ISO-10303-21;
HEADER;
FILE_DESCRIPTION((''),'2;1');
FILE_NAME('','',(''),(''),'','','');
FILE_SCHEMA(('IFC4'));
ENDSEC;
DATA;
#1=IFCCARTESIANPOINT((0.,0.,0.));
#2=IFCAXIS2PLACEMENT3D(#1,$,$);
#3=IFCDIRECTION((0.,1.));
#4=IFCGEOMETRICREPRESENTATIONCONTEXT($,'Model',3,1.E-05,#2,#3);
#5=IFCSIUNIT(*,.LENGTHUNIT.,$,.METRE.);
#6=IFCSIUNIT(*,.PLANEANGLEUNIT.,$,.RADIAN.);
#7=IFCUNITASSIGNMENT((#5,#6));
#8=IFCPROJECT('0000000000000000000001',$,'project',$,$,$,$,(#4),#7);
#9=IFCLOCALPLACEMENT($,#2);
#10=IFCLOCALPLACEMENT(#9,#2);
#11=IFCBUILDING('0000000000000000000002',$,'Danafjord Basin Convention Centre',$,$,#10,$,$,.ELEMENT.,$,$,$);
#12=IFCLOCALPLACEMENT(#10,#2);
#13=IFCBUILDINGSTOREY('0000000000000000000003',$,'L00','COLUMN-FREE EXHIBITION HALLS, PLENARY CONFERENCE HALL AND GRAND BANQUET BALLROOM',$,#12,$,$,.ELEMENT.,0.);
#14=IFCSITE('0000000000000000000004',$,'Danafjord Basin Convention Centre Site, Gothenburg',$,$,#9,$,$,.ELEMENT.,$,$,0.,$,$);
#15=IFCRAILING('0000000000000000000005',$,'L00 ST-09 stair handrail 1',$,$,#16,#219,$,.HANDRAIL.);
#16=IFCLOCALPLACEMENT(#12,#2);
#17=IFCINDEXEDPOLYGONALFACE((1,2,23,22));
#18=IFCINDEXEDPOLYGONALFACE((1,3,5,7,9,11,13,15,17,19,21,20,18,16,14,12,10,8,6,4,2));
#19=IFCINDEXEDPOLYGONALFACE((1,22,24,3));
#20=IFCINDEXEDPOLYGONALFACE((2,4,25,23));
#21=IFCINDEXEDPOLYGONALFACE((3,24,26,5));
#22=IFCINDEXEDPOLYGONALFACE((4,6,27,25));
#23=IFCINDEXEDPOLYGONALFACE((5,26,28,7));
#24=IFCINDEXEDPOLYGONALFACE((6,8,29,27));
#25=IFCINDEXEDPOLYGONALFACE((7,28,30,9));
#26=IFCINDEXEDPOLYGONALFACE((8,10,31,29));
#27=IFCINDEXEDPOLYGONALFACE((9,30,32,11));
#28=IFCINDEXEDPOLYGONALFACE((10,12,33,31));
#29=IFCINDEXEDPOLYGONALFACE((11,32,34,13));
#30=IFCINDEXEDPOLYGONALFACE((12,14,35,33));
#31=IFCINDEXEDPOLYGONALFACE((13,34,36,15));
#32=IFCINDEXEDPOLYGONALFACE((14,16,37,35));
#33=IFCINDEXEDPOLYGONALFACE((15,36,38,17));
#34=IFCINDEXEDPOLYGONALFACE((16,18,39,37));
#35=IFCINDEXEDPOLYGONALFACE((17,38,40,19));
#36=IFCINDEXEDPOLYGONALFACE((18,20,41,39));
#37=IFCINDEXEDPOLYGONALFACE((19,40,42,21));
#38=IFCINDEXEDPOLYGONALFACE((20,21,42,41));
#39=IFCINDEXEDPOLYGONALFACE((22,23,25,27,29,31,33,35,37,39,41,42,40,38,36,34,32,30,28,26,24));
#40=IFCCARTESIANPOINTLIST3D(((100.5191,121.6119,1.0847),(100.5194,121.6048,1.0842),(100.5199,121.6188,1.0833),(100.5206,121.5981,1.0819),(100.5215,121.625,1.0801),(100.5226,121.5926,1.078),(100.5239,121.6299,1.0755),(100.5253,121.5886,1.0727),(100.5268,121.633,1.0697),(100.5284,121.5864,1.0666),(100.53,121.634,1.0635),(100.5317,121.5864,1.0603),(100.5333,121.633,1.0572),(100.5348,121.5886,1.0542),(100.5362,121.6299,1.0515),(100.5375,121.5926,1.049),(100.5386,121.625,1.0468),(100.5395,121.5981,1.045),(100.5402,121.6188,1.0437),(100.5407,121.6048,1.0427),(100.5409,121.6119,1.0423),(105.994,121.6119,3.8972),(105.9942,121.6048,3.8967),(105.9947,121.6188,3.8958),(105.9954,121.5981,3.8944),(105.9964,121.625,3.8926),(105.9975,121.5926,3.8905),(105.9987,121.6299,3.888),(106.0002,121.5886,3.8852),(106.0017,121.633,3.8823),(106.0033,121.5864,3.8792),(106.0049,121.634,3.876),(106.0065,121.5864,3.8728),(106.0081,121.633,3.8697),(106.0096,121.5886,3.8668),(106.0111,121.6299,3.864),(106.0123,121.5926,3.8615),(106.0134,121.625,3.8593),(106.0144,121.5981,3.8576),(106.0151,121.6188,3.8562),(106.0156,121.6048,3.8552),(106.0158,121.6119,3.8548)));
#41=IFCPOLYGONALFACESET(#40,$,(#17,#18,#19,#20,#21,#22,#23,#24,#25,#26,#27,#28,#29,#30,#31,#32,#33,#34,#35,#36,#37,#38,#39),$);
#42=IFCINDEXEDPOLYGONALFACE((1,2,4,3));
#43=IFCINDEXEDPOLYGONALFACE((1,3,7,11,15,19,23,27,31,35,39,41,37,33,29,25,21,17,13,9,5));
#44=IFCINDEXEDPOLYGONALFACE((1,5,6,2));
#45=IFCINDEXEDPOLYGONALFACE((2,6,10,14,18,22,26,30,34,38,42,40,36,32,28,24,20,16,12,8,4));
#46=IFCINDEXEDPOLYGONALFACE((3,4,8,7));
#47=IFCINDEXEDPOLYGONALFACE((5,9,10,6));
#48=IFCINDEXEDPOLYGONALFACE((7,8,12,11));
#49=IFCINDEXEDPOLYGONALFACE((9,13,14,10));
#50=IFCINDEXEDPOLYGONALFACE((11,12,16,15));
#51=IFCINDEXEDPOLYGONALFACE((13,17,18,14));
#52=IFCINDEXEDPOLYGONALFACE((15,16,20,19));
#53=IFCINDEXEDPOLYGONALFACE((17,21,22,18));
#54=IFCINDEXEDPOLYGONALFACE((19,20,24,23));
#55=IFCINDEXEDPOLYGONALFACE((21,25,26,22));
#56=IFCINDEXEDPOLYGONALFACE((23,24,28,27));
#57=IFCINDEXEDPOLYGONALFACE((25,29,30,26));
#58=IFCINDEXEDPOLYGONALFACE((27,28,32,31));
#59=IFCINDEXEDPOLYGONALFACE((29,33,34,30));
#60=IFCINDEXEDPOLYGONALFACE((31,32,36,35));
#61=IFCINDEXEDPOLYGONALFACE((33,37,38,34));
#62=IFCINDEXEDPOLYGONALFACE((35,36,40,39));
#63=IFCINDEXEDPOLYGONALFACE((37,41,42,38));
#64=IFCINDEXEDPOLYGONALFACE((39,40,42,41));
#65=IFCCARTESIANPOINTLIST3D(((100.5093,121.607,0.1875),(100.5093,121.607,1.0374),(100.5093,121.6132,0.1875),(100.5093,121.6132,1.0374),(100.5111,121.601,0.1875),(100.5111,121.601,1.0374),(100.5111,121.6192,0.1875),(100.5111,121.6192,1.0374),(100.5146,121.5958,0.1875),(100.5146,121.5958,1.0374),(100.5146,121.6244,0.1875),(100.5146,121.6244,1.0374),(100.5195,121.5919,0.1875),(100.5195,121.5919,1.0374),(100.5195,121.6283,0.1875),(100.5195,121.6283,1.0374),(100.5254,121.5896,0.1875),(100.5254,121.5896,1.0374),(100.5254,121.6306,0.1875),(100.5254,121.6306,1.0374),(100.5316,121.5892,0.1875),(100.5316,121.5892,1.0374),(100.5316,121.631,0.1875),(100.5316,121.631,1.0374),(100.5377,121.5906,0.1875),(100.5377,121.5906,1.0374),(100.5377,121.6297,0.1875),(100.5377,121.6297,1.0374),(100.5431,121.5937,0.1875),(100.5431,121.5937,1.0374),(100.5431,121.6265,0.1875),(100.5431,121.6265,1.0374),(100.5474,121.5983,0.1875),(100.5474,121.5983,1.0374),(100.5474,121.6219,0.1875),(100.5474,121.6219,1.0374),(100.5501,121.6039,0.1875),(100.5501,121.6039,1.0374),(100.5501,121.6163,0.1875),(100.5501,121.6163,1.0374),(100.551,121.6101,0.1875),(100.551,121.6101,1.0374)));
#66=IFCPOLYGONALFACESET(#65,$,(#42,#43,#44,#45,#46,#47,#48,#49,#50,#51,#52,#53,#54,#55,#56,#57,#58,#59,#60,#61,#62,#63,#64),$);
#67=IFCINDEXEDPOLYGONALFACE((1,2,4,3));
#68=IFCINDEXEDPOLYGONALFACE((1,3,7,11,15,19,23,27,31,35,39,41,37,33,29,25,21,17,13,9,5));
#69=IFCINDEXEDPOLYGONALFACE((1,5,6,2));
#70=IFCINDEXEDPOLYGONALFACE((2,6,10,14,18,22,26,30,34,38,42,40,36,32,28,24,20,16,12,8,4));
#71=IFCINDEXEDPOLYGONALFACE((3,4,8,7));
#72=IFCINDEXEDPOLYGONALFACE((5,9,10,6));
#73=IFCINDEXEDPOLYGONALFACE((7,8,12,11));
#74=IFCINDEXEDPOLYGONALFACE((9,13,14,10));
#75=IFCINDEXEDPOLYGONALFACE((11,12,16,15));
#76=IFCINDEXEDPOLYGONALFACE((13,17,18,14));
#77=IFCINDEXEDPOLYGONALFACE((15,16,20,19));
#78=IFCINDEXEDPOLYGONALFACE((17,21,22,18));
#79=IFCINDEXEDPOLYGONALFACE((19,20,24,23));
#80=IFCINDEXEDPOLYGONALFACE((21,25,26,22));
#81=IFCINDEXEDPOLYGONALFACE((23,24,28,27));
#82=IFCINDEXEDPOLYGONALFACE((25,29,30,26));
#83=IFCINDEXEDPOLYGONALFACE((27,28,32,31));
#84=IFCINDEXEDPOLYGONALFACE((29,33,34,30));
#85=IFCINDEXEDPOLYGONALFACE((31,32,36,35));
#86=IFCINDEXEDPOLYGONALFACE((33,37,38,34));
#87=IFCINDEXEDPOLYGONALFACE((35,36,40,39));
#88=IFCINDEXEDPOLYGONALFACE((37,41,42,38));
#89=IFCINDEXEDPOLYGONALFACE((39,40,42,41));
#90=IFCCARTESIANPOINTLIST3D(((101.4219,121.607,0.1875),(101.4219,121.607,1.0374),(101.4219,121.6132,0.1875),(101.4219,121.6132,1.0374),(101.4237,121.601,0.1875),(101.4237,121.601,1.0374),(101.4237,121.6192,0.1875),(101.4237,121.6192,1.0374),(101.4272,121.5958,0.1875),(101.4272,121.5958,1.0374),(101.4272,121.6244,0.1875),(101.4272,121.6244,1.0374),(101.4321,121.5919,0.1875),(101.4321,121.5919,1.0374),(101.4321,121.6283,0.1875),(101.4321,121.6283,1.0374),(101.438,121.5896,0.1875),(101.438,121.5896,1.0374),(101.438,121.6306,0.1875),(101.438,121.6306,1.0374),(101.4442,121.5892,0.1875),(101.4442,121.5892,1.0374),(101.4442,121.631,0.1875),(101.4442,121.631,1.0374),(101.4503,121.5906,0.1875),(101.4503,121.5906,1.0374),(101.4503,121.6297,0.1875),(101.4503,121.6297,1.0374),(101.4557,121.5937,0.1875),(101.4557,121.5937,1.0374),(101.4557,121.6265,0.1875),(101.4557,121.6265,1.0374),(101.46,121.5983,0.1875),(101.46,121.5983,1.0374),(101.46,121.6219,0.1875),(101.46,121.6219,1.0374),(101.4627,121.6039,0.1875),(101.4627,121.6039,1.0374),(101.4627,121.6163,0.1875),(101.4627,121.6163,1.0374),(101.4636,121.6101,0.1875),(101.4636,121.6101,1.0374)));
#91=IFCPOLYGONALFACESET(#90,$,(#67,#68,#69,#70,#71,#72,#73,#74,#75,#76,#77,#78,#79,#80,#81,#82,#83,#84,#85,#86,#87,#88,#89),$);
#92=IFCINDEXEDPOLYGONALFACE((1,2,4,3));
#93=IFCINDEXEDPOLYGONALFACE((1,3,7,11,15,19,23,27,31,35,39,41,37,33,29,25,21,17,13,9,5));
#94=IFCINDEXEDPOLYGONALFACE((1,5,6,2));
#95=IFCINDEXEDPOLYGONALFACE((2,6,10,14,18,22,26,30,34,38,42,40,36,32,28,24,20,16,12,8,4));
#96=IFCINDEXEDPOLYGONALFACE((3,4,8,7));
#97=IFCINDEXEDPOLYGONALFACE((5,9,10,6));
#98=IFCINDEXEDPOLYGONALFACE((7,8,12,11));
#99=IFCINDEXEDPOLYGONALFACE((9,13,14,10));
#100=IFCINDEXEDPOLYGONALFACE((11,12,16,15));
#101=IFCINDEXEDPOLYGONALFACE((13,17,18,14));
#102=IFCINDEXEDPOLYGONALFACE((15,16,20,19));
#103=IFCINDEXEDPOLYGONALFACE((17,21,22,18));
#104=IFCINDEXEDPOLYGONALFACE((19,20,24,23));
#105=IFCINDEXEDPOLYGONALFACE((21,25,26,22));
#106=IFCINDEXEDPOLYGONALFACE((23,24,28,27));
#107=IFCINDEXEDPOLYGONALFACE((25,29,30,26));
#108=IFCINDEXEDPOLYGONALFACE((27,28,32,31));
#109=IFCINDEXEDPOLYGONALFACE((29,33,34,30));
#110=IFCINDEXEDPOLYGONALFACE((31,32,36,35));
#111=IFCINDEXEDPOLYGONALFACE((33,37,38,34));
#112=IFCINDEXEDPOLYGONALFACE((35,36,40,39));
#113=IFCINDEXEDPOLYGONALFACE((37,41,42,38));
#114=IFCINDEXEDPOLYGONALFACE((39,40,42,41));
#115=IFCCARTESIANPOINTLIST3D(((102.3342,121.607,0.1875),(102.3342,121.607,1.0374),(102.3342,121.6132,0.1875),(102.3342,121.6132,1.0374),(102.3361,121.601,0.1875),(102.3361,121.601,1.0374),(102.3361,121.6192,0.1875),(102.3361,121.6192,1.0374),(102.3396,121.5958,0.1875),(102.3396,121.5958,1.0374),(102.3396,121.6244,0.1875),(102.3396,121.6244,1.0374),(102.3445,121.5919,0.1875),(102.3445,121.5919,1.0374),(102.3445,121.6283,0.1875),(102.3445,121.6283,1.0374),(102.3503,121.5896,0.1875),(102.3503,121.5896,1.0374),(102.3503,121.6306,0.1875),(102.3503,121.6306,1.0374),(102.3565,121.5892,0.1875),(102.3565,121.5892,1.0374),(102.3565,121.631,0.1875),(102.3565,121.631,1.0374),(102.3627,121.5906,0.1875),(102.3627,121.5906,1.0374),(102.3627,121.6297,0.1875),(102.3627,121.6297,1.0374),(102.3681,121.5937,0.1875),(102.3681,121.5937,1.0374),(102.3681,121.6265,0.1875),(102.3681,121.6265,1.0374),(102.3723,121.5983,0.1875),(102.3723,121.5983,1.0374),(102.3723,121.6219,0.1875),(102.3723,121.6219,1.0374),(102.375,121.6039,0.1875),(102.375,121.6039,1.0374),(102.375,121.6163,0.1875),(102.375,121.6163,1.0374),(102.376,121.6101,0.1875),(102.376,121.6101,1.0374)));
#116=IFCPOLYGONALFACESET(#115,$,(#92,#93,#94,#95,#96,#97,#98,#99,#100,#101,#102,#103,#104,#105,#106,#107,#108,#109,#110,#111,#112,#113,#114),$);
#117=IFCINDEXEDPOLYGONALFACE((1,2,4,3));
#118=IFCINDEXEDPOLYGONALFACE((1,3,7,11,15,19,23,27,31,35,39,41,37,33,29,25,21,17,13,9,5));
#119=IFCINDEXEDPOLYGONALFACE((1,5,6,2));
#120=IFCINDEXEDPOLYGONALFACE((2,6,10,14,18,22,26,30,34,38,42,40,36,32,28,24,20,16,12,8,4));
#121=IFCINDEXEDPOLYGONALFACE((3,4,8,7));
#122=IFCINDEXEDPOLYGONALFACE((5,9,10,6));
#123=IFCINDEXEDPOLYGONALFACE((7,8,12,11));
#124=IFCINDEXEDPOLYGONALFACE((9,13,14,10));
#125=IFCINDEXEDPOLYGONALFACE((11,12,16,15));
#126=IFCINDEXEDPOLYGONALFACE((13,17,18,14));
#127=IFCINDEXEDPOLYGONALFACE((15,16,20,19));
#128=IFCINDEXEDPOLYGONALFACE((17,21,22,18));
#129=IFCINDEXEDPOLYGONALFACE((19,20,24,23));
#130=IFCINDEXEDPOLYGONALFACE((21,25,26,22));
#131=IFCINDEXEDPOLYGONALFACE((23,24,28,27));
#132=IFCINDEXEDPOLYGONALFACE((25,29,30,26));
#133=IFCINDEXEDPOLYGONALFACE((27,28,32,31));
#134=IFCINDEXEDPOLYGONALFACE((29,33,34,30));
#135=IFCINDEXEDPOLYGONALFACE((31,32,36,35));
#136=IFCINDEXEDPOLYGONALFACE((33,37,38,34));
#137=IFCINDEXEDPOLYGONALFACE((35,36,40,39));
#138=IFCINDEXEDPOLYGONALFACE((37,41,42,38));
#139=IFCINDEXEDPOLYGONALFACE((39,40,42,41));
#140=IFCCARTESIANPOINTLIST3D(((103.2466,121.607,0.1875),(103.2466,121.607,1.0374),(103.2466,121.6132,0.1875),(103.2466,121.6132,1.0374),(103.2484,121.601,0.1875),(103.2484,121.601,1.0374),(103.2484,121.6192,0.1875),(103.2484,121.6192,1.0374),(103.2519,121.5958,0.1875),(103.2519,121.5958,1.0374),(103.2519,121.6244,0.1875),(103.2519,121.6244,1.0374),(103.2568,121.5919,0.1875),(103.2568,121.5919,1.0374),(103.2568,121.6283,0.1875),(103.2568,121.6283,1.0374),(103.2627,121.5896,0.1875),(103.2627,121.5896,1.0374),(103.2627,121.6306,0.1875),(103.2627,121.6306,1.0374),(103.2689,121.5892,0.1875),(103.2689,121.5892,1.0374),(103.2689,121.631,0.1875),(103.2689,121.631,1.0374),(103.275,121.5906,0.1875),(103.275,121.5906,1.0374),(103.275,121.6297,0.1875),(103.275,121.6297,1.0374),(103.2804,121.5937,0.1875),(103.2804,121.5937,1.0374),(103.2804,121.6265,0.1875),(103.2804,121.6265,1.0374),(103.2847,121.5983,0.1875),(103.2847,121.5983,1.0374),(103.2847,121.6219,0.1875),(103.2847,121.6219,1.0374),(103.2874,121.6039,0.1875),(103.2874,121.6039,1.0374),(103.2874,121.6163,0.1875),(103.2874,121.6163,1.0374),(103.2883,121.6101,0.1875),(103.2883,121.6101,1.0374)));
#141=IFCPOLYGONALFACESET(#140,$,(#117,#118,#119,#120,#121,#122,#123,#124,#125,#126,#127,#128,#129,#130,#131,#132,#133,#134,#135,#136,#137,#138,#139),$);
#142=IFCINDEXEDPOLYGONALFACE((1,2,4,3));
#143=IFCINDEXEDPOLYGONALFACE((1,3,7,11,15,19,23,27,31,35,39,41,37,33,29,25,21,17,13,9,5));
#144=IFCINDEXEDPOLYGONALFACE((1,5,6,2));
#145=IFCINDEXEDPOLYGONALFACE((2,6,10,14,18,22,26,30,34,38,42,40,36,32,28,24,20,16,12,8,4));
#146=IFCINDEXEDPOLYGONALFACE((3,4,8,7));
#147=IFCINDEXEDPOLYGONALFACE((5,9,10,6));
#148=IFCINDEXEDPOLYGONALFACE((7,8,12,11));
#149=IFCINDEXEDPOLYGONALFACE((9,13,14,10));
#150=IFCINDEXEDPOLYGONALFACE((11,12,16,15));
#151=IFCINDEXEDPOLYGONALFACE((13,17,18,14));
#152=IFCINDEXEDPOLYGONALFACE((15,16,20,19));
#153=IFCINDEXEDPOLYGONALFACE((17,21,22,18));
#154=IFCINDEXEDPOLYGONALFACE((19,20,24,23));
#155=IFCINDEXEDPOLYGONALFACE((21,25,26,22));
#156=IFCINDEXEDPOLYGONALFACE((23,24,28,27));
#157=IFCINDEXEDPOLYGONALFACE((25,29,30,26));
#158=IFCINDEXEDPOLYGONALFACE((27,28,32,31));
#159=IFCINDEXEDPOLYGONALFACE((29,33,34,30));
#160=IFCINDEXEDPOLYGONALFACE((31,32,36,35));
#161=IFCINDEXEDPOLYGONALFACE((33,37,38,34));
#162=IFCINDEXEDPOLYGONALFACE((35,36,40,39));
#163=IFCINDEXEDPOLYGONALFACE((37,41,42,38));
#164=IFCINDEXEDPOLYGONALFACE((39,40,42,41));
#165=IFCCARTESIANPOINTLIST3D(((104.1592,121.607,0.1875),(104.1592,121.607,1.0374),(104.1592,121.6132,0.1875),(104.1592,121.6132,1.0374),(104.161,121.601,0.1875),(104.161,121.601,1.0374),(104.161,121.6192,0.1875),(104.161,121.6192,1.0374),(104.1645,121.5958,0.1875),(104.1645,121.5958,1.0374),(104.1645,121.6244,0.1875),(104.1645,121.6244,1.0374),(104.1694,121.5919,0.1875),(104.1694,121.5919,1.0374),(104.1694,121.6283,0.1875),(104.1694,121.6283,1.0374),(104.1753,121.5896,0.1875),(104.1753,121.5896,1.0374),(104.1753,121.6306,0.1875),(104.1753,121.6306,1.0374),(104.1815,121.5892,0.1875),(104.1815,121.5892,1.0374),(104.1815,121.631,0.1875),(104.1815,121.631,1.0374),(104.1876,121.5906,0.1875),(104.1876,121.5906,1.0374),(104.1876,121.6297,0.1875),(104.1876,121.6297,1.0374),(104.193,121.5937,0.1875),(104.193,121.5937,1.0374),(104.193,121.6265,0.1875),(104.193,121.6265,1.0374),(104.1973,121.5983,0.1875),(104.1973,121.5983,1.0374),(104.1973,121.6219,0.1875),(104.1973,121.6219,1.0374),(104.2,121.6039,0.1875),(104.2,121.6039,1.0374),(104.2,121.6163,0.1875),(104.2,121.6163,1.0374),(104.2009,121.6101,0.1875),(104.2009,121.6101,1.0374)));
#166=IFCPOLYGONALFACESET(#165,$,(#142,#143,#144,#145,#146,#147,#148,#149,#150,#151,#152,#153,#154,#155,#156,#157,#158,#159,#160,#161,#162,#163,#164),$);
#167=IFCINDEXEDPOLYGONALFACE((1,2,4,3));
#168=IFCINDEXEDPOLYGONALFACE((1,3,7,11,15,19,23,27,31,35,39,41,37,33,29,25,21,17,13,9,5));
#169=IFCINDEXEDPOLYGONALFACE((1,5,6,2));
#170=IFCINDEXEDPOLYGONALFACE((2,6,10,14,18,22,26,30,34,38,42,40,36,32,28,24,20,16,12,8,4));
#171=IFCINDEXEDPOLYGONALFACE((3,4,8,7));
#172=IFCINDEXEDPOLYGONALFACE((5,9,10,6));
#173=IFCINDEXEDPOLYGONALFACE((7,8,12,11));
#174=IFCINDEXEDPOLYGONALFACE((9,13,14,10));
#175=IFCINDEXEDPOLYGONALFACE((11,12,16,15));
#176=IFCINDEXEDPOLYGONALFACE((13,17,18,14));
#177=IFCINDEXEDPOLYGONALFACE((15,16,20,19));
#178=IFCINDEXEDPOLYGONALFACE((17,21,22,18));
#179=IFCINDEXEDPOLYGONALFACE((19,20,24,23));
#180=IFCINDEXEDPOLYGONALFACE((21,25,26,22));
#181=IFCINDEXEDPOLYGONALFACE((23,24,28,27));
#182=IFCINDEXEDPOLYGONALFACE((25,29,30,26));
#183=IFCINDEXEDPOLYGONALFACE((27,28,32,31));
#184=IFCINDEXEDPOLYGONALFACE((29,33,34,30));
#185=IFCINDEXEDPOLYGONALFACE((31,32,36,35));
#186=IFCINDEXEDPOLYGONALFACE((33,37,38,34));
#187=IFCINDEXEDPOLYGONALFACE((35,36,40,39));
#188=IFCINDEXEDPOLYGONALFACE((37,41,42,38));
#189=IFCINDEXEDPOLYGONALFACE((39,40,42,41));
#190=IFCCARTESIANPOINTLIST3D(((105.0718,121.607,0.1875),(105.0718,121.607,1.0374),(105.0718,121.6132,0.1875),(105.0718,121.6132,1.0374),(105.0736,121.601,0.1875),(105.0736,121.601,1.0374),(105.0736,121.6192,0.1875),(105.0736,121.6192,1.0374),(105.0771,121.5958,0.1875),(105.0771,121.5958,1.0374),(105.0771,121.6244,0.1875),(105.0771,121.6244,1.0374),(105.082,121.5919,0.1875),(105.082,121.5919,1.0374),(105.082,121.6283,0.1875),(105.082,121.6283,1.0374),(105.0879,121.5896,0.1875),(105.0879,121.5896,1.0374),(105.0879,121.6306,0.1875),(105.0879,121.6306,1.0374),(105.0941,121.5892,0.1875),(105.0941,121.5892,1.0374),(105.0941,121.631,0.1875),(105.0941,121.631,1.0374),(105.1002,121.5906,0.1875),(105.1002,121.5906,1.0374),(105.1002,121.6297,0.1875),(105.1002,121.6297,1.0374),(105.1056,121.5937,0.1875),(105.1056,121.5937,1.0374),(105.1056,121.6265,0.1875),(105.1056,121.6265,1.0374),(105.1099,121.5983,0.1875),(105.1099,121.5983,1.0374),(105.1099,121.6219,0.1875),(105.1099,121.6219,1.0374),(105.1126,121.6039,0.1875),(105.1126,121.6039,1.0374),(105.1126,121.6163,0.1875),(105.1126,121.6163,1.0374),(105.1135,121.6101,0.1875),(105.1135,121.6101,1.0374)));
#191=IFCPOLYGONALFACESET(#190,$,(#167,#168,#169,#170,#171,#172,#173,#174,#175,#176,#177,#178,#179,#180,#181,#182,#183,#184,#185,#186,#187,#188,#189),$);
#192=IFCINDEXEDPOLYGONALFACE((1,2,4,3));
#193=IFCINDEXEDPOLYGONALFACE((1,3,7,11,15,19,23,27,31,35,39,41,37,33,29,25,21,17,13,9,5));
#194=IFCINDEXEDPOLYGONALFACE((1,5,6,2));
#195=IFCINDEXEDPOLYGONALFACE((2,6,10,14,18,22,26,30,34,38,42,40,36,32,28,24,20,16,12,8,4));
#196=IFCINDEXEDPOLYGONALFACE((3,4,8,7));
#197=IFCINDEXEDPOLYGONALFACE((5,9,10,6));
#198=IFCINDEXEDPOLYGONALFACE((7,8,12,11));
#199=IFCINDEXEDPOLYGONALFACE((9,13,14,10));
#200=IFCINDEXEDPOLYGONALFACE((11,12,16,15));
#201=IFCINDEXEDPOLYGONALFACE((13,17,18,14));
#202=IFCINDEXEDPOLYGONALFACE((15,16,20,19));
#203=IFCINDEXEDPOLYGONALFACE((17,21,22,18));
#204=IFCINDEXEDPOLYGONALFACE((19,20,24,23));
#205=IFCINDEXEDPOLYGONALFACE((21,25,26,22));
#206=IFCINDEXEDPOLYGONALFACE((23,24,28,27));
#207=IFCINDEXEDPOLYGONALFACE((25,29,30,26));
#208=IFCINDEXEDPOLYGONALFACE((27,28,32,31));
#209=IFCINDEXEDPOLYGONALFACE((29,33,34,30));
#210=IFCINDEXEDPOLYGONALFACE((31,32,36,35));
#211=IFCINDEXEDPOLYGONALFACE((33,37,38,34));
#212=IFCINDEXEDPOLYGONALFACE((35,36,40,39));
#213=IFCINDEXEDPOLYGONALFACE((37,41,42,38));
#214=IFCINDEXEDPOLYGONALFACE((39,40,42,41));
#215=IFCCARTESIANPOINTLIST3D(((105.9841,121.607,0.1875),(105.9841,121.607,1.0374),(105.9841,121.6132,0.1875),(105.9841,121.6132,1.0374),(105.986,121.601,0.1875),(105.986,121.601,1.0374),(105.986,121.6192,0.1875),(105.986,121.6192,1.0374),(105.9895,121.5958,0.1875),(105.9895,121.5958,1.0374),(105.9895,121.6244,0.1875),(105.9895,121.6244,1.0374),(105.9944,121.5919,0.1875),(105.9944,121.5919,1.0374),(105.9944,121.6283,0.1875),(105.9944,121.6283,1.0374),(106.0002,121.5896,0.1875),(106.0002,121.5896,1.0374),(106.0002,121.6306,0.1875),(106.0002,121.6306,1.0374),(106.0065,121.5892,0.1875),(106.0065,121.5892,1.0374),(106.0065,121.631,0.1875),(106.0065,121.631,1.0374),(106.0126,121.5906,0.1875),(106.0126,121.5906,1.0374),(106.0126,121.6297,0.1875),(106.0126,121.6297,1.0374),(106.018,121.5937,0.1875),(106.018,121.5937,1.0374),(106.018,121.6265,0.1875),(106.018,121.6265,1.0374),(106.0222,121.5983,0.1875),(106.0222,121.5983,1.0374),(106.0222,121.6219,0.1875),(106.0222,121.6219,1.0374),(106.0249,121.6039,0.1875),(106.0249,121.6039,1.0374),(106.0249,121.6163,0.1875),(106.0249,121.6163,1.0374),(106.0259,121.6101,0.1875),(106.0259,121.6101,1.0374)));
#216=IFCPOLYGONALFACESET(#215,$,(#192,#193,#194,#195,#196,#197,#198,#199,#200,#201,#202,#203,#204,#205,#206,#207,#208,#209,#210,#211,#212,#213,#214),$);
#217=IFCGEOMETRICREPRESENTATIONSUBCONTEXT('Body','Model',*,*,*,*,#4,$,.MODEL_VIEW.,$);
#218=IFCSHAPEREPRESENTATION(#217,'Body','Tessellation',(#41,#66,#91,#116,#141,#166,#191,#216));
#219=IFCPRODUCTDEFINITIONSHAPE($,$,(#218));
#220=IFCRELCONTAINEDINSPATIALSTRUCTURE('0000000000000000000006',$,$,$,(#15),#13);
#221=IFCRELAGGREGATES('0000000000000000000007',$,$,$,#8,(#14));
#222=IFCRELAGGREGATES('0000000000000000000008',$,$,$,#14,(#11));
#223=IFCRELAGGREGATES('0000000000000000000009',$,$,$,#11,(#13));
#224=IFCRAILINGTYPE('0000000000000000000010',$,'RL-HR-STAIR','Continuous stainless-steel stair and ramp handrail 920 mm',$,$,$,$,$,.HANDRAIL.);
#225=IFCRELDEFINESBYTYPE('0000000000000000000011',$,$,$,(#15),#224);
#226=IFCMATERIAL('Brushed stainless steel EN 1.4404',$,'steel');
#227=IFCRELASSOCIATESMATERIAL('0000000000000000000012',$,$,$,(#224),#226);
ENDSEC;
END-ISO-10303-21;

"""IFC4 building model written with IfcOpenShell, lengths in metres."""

from ifc_helpers import new_model, si_unit, direction, frame, origin, origin_2d, place, context, subcontext, project, spatial, circle, extrude, material, type_object, element, save


model = new_model("IFC4")

# Units and contexts
model_context = context("Model", 3, precision=1e-05, world=origin(), true_north=direction((0.0, 1.0)))
body_context = subcontext(model_context, "Body", "Model", "MODEL_VIEW")
ifc_project = project(units=[si_unit("LENGTHUNIT", "METRE"), si_unit("PLANEANGLEUNIT", "RADIAN")], contexts=[model_context])

# Site, building, storey
site_placement = place(None, origin())
site = spatial("IfcSite", under=ifc_project, at=site_placement, Name="Danafjord Basin Convention Centre Site, Gothenburg", CompositionType="ELEMENT", RefElevation=0.0)
building_placement = place(site_placement, origin())
building = spatial("IfcBuilding", under=site, at=building_placement, Name="Danafjord Basin Convention Centre", CompositionType="ELEMENT")
storey_placement = place(building_placement, origin())
storey = spatial("IfcBuildingStorey", under=building, at=storey_placement, Name="L00", Description="COLUMN-FREE EXHIBITION HALLS, PLENARY CONFERENCE HALL AND GRAND BANQUET BALLROOM", CompositionType="ELEMENT", Elevation=0.0)

# Railing
ifc_material_1 = material(Name="Brushed stainless steel EN 1.4404", Category="steel")
railing_type_1 = type_object("IfcRailingType", Name="RL-HR-STAIR", Description="Continuous stainless-steel stair and ramp handrail 920 mm", PredefinedType="HANDRAIL", material=ifc_material_1)
railing_1_placement = place(storey_placement, frame((100.53, 121.6101, 0.1875)))
element("IfcRailing", 1, at=railing_1_placement, inside=storey, type_object=railing_type_1, Name="L00 ST-09 stair handrail 1", PredefinedType="HANDRAIL", context=body_context, shape_type="SweptSolid", body=[
    extrude(circle(Radius=0.0239, at=origin_2d()), frame((0.0, 0.0, 0.876), z_axis=(0.889495, 0.0, 0.456945), x_axis=(0.0, 1.0, 0.0)), (0.0, 0.0, 1.0), 6.155),
    extrude(circle(Radius=0.021, at=origin_2d()), origin(), (0.0, 0.0, 1.0), 0.8499),
    extrude(circle(Radius=0.021, at=origin_2d()), frame((0.9126, 0.0, 0.0)), (0.0, 0.0, 1.0), 0.8499),
    extrude(circle(Radius=0.021, at=origin_2d()), frame((1.825, 0.0, 0.0)), (0.0, 0.0, 1.0), 0.8499),
    extrude(circle(Radius=0.021, at=origin_2d()), frame((2.7373, 0.0, 0.0)), (0.0, 0.0, 1.0), 0.8499),
    extrude(circle(Radius=0.021, at=origin_2d()), frame((3.6499, 0.0, 0.0)), (0.0, 0.0, 1.0), 0.8499),
    extrude(circle(Radius=0.021, at=origin_2d()), frame((4.5625, 0.0, 0.0)), (0.0, 0.0, 1.0), 0.8499),
    extrude(circle(Radius=0.021, at=origin_2d()), frame((5.4749, 0.0, 0.0)), (0.0, 0.0, 1.0), 0.8499),
])

save(model, "model.ifc")
